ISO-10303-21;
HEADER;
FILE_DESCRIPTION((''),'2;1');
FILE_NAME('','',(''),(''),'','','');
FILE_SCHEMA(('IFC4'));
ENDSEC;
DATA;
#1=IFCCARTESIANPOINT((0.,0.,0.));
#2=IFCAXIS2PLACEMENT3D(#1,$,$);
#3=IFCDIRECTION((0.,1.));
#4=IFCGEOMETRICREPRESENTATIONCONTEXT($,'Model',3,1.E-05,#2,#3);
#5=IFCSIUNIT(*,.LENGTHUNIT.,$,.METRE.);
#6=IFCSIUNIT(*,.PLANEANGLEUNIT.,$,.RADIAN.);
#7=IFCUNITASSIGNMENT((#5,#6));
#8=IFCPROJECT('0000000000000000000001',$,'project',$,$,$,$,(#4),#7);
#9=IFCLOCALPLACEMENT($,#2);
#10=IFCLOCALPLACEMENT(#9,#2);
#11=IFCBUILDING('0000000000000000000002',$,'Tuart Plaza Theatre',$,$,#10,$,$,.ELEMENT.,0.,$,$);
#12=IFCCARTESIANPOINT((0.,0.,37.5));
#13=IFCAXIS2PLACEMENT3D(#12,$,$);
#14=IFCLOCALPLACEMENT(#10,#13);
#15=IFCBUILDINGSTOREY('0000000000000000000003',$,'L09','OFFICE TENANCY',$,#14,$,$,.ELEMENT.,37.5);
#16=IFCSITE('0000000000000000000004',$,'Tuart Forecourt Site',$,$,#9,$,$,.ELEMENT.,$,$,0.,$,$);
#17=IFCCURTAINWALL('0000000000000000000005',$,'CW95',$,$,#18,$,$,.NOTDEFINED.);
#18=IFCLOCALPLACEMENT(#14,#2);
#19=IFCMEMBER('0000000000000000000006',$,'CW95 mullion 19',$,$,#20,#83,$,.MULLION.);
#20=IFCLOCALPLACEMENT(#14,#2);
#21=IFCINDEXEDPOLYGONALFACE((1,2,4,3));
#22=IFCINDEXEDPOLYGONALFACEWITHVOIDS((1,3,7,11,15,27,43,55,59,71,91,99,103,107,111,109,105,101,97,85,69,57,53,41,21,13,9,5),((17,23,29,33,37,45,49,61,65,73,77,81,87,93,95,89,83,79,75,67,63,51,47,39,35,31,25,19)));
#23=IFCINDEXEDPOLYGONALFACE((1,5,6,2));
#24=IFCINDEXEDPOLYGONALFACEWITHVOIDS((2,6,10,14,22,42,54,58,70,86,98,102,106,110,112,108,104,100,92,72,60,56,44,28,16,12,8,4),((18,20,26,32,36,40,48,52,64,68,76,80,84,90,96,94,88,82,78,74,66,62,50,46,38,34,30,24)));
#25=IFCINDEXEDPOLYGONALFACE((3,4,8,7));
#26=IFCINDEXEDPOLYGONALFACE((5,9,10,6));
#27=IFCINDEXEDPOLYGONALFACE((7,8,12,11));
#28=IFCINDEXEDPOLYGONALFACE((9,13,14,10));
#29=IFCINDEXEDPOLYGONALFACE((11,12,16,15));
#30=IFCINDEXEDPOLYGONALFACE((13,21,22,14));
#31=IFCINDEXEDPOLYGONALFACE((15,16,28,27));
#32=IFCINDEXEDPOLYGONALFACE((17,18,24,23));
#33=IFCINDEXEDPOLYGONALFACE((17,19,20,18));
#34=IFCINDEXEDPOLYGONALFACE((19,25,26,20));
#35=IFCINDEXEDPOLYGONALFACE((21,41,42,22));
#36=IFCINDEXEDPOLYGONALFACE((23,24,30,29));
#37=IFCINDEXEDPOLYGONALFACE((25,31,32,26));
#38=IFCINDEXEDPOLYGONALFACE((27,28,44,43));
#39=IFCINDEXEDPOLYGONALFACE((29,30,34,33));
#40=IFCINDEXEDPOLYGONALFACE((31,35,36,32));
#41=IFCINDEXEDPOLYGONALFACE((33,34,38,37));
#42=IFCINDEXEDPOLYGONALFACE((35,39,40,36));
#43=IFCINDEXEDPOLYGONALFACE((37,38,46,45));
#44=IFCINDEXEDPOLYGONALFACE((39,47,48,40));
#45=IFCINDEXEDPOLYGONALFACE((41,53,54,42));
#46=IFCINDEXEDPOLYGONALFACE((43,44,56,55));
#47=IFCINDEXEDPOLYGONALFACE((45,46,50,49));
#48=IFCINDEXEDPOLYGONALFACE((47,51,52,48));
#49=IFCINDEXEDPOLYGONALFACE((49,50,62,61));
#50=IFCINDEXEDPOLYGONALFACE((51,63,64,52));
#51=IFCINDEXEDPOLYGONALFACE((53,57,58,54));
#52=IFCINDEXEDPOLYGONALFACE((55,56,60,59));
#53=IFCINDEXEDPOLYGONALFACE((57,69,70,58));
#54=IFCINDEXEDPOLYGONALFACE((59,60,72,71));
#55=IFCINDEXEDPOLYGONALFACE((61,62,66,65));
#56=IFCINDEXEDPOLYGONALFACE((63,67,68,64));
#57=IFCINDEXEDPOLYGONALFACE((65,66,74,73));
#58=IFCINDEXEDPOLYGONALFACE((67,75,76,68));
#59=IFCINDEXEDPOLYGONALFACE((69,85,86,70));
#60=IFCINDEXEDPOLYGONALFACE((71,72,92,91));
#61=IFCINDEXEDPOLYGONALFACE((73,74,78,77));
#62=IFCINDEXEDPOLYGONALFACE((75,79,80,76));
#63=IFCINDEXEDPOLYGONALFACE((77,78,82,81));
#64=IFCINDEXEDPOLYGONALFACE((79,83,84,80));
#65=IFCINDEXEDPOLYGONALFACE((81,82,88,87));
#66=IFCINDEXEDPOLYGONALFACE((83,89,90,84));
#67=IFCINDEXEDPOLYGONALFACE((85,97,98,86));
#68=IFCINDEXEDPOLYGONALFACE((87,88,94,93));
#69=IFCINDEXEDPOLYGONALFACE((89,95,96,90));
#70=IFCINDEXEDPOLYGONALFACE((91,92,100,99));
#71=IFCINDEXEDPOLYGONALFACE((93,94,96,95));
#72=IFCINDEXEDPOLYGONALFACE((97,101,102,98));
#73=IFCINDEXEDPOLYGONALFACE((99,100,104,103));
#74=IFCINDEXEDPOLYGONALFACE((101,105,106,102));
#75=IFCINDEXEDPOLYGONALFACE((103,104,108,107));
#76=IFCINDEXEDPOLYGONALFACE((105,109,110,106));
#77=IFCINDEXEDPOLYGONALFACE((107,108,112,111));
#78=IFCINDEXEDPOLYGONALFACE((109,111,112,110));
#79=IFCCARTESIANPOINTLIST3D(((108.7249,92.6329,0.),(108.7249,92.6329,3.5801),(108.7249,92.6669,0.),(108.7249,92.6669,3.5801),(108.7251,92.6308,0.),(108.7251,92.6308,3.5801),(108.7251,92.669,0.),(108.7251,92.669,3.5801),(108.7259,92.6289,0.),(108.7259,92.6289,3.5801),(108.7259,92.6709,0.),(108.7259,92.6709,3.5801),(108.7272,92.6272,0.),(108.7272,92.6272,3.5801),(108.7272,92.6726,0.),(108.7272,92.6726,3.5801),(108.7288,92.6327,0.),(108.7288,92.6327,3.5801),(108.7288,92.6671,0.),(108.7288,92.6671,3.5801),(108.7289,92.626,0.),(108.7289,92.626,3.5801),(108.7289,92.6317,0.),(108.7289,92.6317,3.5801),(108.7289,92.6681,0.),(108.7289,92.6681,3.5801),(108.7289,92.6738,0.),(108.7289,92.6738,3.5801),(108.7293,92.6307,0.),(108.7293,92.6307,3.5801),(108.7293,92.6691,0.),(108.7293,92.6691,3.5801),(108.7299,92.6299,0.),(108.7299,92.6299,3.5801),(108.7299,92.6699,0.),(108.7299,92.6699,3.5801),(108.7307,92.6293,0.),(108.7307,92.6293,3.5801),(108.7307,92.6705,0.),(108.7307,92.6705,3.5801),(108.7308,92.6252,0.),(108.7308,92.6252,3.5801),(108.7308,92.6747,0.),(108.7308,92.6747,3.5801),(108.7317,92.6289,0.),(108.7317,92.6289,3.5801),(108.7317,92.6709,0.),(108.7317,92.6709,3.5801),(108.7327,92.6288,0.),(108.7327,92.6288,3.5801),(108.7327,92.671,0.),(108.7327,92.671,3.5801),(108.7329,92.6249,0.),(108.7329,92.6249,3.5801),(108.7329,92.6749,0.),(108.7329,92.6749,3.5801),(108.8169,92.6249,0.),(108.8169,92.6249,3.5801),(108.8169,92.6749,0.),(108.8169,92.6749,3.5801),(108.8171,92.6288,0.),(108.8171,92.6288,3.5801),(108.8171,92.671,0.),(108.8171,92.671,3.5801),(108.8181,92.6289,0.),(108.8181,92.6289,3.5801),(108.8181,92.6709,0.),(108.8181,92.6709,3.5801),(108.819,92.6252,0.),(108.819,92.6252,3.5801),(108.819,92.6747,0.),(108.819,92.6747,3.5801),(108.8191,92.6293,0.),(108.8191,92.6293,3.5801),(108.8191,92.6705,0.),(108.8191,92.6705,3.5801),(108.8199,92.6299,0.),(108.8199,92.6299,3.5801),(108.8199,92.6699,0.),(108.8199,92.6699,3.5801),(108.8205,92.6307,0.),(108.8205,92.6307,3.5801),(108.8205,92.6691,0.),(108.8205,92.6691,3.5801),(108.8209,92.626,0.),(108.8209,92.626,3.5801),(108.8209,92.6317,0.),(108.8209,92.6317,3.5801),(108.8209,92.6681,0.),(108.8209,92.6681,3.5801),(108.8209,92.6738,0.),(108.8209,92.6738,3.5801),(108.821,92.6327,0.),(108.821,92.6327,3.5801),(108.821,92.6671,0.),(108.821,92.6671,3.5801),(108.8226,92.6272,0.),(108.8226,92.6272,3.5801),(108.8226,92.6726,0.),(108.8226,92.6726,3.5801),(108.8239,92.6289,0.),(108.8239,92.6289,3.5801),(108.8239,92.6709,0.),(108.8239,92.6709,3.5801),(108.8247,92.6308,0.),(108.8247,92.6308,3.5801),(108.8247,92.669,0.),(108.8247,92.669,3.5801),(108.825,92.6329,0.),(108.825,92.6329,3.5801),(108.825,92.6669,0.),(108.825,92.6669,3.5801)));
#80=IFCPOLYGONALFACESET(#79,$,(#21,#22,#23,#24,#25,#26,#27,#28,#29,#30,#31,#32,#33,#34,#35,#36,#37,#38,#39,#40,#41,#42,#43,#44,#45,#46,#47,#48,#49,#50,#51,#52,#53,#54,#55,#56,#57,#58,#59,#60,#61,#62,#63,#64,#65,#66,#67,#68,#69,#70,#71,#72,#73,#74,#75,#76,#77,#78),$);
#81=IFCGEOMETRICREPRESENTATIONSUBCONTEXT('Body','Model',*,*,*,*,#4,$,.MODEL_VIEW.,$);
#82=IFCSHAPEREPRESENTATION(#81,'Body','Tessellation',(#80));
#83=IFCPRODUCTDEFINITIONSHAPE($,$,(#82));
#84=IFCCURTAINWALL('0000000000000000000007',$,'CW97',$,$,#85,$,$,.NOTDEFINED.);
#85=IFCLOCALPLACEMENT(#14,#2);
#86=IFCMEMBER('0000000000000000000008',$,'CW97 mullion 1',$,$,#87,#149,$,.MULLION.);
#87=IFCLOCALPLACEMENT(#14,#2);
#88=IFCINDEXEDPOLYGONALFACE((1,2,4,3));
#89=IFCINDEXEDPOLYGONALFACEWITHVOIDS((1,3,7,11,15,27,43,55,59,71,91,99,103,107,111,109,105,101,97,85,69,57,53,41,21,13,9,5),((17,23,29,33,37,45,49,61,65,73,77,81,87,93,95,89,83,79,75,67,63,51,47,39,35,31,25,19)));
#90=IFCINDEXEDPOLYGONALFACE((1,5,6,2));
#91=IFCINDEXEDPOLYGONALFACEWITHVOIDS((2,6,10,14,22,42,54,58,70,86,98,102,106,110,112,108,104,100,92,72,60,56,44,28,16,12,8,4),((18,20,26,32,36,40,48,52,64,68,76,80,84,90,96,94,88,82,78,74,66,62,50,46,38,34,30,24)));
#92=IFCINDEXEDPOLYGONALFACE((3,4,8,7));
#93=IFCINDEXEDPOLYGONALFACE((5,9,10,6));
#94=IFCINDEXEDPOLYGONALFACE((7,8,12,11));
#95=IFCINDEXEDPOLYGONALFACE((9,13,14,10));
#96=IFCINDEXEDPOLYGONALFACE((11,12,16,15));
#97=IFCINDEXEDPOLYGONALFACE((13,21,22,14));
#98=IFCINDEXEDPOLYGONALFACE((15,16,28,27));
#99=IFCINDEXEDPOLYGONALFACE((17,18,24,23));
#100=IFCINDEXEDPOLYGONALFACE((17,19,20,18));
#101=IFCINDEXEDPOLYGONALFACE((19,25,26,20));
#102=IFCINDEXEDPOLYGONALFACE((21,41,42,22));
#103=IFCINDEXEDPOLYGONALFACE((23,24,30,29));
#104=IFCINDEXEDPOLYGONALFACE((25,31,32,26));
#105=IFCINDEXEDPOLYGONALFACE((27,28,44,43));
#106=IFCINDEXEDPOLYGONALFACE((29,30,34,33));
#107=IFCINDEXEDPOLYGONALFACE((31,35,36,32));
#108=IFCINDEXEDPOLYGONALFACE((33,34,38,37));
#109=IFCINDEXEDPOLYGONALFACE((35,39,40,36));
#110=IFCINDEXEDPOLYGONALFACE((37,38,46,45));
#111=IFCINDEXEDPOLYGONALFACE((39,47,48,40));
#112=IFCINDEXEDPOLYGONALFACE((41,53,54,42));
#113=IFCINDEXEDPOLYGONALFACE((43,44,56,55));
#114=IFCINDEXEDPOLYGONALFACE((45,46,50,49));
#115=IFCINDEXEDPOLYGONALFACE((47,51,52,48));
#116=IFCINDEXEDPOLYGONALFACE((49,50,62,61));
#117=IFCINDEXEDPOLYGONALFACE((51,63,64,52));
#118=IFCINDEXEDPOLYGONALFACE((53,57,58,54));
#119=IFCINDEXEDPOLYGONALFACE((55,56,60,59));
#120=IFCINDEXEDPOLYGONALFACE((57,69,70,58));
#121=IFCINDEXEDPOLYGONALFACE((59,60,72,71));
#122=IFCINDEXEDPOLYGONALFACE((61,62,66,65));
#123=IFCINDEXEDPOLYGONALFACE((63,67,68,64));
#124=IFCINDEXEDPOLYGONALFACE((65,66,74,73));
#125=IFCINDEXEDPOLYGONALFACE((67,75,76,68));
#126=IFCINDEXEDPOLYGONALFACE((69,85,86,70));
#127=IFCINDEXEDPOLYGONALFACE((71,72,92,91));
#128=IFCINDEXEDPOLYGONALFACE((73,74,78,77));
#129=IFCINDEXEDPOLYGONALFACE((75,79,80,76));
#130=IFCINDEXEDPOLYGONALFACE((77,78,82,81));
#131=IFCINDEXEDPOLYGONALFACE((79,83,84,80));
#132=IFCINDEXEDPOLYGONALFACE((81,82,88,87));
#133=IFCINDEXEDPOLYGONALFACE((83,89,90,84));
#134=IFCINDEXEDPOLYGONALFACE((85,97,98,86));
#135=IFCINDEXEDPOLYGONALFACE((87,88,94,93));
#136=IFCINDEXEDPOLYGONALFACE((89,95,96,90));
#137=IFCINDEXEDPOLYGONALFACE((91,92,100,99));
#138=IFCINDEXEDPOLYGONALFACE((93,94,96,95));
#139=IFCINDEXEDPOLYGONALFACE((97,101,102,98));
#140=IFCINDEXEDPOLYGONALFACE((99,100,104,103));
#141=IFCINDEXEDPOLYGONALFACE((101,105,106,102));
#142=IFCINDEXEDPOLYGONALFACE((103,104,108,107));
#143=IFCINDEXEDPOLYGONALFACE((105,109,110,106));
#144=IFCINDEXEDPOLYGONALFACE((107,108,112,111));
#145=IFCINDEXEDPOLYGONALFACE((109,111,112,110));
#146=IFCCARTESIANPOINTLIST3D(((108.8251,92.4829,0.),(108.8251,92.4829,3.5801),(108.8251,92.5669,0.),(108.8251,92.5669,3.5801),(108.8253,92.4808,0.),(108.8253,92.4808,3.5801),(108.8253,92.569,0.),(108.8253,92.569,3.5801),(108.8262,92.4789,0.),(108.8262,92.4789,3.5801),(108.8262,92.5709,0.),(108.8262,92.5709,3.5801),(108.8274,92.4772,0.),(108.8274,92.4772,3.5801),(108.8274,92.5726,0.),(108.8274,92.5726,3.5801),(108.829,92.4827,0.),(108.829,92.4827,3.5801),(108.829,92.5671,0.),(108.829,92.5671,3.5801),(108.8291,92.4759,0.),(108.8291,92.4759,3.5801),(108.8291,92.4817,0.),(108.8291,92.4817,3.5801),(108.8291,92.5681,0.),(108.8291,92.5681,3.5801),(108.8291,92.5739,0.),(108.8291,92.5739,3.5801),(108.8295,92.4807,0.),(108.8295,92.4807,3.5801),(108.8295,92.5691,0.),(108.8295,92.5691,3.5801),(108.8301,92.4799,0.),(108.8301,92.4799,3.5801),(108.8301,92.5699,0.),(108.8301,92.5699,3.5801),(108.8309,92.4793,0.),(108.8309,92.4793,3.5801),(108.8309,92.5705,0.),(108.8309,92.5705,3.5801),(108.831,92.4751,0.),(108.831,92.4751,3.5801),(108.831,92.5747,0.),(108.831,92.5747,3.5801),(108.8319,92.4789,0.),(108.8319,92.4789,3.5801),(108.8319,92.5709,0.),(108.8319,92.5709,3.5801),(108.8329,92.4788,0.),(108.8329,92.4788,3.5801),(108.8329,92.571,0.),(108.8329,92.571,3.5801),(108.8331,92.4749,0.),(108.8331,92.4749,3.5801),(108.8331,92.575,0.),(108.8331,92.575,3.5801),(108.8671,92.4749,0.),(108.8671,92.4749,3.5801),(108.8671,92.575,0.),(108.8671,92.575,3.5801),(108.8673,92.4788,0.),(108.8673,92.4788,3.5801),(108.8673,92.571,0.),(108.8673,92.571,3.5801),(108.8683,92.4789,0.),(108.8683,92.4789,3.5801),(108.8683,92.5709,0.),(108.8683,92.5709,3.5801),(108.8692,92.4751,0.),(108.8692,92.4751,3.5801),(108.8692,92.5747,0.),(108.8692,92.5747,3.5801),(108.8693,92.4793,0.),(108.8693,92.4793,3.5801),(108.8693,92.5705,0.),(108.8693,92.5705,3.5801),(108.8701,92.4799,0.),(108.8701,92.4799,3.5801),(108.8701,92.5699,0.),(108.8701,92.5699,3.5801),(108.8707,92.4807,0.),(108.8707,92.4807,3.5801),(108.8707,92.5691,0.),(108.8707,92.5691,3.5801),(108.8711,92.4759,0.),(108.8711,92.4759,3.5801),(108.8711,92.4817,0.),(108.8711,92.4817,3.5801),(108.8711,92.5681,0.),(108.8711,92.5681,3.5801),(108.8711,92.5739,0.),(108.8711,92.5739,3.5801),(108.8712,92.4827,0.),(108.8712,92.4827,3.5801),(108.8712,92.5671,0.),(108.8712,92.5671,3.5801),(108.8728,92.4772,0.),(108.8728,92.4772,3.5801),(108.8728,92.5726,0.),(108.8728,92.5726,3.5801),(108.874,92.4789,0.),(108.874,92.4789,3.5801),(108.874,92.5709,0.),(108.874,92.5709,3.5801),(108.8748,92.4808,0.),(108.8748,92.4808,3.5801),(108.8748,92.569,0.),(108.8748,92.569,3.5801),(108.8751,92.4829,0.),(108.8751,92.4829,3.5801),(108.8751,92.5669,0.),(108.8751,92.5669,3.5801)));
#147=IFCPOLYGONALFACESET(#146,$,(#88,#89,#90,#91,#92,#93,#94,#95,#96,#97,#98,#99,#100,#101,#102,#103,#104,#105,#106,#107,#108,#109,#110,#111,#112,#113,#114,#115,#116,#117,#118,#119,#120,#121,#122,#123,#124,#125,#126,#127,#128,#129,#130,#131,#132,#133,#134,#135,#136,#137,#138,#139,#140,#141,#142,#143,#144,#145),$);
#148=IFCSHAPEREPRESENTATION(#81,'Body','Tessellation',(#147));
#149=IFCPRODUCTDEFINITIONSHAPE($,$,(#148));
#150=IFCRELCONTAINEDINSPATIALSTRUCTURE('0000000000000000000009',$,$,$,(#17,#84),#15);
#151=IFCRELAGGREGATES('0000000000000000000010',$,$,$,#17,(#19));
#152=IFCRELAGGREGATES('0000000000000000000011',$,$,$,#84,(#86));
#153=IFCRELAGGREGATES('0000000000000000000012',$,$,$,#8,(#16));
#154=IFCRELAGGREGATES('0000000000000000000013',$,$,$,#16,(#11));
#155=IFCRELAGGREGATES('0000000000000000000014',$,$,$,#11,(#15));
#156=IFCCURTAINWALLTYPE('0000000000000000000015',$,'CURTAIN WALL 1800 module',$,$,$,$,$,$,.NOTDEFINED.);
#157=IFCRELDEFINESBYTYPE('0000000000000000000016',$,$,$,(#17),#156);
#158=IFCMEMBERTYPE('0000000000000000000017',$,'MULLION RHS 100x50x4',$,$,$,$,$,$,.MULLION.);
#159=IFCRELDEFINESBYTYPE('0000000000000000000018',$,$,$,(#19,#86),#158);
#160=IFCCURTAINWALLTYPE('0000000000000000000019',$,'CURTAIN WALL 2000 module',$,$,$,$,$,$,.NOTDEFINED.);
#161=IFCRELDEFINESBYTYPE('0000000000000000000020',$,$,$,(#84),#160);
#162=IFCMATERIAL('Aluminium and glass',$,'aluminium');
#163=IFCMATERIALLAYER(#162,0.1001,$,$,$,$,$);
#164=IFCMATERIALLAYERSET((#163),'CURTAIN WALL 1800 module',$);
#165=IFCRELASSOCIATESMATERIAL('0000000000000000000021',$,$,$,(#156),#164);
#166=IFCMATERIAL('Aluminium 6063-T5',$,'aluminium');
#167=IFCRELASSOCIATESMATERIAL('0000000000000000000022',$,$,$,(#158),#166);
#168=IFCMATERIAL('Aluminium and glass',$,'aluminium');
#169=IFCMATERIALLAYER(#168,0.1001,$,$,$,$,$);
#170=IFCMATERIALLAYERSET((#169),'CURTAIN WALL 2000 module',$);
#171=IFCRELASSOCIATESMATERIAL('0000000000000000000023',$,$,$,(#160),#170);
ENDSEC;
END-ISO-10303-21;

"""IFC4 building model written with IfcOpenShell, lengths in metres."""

from ifc_helpers import new_model, si_unit, direction, frame, origin, origin_2d, place, context, subcontext, project, spatial, hollow_rectangle, extrude, material, layer, layer_set, material_profile, profile_set, type_object, element, aggregate, save


model = new_model("IFC4")

# Units and contexts
model_context = context("Model", 3, precision=1e-05, world=origin(), true_north=direction((0.0, 1.0)))
body_context = subcontext(model_context, "Body", "Model", "MODEL_VIEW")
ifc_project = project(units=[si_unit("LENGTHUNIT", "METRE"), si_unit("PLANEANGLEUNIT", "RADIAN")], contexts=[model_context])

# Site, building, storey
site_placement = place(None, origin())
site = spatial("IfcSite", under=ifc_project, at=site_placement, Name="Tuart Forecourt Site", CompositionType="ELEMENT", RefElevation=0.0)
building_placement = place(site_placement, origin())
building = spatial("IfcBuilding", under=site, at=building_placement, Name="Tuart Plaza Theatre", CompositionType="ELEMENT", ElevationOfRefHeight=0.0)
storey_placement = place(building_placement, frame((0.0, 0.0, 37.5)))
storey = spatial("IfcBuildingStorey", under=building, at=storey_placement, Name="L09", Description="OFFICE TENANCY", CompositionType="ELEMENT", Elevation=37.5)

# Curtain wall, member
ifc_material_1 = material(Name="Aluminium and glass", Category="aluminium")
ifc_layer_1 = layer(ifc_material_1, 0.1001)
ifc_layer_set_1 = layer_set([ifc_layer_1], Name="CURTAIN WALL 1800 module")
curtain_wall_type_1 = type_object("IfcCurtainWallType", Name="CURTAIN WALL 1800 module", PredefinedType="NOTDEFINED", material=ifc_layer_set_1)
curtain_wall_1_placement = place(storey_placement, origin())
curtain_wall_1 = element("IfcCurtainWall", 1, at=curtain_wall_1_placement, inside=storey, type_object=curtain_wall_type_1, Name="CW95", PredefinedType="NOTDEFINED")
ifc_material_2 = material(Name="Aluminium 6063-T5", Category="aluminium")
ifc_material_profile_1 = material_profile(ifc_material_2, hollow_rectangle(XDim=0.05, YDim=0.1001, WallThickness=0.0039, InnerFilletRadius=0.0039, OuterFilletRadius=0.0081, at=origin_2d()), Name="RHS 100x50x4")
ifc_profile_set_1 = profile_set([ifc_material_profile_1], Name="Aluminium 6063-T5")
member_type_1 = type_object("IfcMemberType", Name="MULLION RHS 100x50x4", PredefinedType="MULLION", material=ifc_profile_set_1)
member_1_placement = place(storey_placement, frame((108.7749, 92.6499, 0.0), z_axis=(0.0, 0.0, 1.0), x_axis=(0.0, -1.0, 0.0)))
member_1 = element("IfcMember", 2, at=member_1_placement, type_object=member_type_1, Name="CW95 mullion 19", PredefinedType="MULLION", context=body_context, shape_type="SweptSolid", body=[
    extrude(hollow_rectangle(XDim=0.05, YDim=0.1001, WallThickness=0.0039, InnerFilletRadius=0.0039, OuterFilletRadius=0.0081, at=origin_2d()), origin(), (0.0, 0.0, 1.0), 3.5801),
])
aggregate(curtain_wall_1, [member_1])

# Curtain wall, member
ifc_material_3 = material(Name="Aluminium and glass", Category="aluminium")
ifc_layer_2 = layer(ifc_material_3, 0.1001)
ifc_layer_set_2 = layer_set([ifc_layer_2], Name="CURTAIN WALL 2000 module")
curtain_wall_type_2 = type_object("IfcCurtainWallType", Name="CURTAIN WALL 2000 module", PredefinedType="NOTDEFINED", material=ifc_layer_set_2)
curtain_wall_2_placement = place(storey_placement, origin())
curtain_wall_2 = element("IfcCurtainWall", 3, at=curtain_wall_2_placement, inside=storey, type_object=curtain_wall_type_2, Name="CW97", PredefinedType="NOTDEFINED")
member_2_placement = place(storey_placement, frame((108.8501, 92.5249, 0.0), z_axis=(0.0, 0.0, 1.0), x_axis=(1.0, 0.0, 0.0)))
member_2 = element("IfcMember", 4, at=member_2_placement, type_object=member_type_1, Name="CW97 mullion 1", PredefinedType="MULLION", context=body_context, shape_type="SweptSolid", body=[
    extrude(hollow_rectangle(XDim=0.05, YDim=0.1001, WallThickness=0.0039, InnerFilletRadius=0.0039, OuterFilletRadius=0.0081, at=origin_2d()), origin(), (0.0, 0.0, 1.0), 3.5801),
])
aggregate(curtain_wall_2, [member_2])

save(model, "model.ifc")
